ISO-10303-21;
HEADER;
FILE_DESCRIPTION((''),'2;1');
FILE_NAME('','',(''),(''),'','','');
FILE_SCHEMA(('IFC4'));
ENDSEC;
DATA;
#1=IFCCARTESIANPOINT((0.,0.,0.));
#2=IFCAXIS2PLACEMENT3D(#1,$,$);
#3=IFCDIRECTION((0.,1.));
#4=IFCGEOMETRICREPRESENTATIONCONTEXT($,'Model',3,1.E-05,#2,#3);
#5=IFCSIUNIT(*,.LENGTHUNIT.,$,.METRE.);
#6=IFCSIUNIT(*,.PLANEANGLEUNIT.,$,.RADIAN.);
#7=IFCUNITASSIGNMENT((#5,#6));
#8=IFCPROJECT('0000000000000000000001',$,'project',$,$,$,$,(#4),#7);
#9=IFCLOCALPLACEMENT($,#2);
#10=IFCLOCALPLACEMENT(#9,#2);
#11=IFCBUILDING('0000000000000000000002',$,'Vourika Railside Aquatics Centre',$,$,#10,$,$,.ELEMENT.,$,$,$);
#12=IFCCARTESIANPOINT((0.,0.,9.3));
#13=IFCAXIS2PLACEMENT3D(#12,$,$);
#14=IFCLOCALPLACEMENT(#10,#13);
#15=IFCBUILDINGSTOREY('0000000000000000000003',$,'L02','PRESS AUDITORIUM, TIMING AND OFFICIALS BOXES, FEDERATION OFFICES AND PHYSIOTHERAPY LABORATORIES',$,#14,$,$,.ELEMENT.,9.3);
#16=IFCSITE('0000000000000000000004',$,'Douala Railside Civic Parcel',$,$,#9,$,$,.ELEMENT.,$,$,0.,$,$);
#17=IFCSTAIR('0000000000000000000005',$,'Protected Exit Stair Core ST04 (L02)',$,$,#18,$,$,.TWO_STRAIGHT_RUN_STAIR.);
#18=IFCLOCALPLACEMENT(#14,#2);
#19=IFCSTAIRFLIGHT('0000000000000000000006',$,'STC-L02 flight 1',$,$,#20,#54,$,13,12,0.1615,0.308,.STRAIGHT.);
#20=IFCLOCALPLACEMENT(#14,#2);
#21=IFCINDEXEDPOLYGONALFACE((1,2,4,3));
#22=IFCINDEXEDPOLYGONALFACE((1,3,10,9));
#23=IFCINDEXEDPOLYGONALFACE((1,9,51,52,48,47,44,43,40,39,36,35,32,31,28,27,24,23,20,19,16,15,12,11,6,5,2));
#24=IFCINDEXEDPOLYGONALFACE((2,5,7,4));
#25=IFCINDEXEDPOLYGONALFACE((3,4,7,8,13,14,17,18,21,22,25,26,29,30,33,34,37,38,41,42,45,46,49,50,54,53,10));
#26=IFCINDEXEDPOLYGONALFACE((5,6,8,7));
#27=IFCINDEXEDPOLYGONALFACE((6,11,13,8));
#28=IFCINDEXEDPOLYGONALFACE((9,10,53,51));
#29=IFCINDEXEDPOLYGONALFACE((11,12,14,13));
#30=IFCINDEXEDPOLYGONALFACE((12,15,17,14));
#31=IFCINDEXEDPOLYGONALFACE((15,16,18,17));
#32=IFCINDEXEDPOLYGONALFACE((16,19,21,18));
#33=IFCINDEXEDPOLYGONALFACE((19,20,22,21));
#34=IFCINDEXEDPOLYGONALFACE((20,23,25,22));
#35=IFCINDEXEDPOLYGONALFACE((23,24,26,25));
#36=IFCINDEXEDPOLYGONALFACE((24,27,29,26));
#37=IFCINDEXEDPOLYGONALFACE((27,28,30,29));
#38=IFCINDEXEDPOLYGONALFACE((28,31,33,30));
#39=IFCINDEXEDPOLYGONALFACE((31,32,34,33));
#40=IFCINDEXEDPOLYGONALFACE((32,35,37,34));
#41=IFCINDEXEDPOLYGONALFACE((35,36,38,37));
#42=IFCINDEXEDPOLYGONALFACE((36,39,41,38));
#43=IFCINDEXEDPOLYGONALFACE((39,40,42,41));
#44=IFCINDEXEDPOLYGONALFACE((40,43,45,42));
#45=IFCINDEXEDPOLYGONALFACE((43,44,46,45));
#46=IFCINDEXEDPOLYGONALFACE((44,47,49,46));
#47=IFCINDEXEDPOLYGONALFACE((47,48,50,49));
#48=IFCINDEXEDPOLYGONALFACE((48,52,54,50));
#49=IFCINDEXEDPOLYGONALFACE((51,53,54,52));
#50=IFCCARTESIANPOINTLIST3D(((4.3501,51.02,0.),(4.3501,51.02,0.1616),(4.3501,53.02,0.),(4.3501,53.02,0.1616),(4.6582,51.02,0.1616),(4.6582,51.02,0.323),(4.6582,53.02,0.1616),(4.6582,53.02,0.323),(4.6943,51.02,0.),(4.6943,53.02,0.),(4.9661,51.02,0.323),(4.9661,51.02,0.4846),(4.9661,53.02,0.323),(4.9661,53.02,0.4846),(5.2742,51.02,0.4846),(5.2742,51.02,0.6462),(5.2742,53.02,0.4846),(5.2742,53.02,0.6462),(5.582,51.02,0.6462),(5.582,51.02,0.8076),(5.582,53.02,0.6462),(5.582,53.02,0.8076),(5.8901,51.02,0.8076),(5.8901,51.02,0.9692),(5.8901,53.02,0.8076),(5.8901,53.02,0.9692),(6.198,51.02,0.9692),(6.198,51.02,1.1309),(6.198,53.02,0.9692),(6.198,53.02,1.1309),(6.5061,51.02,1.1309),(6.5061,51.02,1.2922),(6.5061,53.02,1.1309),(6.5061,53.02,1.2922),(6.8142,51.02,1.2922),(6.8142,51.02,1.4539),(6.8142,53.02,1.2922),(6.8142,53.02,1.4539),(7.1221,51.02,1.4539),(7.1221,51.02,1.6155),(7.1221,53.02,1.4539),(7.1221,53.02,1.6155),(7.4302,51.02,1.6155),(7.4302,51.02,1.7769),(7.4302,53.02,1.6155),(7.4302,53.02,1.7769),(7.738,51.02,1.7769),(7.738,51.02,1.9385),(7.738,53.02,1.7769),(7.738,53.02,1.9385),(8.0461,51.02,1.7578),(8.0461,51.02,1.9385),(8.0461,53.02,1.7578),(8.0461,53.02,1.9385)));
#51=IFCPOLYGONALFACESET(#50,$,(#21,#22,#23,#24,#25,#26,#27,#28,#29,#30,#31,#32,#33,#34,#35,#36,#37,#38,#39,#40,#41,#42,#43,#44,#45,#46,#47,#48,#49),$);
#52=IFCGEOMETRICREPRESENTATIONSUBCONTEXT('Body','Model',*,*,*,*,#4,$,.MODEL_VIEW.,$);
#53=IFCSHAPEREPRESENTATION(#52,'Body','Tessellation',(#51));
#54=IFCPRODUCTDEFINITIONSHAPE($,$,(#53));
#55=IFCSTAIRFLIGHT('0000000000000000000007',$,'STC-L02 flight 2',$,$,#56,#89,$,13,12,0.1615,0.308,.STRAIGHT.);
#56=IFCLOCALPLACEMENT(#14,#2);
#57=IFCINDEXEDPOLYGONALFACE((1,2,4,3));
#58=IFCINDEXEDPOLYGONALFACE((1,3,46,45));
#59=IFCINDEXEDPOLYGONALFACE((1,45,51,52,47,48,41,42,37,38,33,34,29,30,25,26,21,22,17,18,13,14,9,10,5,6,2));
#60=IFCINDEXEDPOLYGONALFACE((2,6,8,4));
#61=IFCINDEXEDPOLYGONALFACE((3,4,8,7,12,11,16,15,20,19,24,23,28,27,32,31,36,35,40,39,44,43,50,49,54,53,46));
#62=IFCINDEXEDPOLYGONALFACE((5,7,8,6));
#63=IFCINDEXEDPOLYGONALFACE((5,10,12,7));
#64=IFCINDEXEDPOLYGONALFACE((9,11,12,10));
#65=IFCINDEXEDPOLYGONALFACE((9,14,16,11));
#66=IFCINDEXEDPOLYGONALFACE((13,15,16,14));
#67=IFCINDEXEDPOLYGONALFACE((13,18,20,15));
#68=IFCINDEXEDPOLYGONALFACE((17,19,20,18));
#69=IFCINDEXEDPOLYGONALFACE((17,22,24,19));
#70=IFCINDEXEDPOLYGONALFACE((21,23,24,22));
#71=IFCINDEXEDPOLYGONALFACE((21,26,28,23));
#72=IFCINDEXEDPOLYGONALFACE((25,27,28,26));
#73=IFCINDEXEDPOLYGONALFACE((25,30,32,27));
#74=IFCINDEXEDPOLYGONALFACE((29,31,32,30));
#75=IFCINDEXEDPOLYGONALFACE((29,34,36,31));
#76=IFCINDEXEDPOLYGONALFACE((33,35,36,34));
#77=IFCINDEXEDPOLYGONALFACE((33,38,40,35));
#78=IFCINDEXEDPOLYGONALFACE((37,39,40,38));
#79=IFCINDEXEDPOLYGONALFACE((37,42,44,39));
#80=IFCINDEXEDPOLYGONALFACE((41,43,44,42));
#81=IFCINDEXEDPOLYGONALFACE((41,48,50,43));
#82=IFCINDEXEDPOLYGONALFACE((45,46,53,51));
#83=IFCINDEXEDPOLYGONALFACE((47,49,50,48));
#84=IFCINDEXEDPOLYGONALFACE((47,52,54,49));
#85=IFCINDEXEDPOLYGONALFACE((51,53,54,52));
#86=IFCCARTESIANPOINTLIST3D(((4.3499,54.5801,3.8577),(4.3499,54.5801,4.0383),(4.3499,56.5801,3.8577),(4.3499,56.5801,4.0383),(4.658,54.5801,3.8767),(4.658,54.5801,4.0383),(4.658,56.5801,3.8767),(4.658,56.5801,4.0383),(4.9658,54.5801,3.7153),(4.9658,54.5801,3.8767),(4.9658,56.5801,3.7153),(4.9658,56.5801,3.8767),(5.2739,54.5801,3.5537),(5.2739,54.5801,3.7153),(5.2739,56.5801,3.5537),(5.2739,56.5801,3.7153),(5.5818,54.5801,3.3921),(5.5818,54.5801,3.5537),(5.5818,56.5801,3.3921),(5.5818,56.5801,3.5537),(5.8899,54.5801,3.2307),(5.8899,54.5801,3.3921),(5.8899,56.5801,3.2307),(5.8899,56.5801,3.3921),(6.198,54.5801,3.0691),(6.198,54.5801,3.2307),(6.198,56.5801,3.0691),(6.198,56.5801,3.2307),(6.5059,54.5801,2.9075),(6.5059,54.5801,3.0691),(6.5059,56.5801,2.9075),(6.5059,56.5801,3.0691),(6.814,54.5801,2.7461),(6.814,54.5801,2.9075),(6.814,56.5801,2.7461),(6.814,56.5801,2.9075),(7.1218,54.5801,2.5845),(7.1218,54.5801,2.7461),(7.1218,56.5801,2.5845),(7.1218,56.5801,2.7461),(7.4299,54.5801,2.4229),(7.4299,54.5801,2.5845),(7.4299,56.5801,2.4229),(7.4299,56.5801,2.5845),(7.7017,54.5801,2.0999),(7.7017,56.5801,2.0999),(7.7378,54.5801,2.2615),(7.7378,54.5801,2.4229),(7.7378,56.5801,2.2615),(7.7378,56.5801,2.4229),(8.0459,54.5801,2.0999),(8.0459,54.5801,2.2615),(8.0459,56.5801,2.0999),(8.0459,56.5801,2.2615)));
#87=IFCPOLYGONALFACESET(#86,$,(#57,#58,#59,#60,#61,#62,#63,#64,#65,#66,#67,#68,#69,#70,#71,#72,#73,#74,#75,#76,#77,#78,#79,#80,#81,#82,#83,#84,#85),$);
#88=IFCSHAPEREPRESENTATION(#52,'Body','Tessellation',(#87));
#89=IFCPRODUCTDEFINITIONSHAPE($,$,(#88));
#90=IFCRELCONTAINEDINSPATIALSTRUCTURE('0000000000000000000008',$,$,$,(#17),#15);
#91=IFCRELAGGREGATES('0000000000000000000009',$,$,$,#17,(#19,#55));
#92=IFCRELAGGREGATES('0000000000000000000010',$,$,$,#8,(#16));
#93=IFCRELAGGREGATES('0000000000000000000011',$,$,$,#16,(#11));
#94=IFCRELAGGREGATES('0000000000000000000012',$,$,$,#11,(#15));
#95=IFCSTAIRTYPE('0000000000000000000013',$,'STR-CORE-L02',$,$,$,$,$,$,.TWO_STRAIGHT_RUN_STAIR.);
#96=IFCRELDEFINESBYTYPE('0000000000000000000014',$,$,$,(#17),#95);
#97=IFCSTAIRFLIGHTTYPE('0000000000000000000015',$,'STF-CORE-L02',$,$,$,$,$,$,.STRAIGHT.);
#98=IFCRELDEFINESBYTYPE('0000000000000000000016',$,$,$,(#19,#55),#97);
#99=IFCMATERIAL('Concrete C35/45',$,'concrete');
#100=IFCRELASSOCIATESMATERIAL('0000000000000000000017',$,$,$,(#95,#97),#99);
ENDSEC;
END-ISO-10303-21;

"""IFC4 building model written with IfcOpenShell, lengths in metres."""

from ifc_helpers import new_model, si_unit, direction, frame, origin, place, context, subcontext, project, spatial, polyline, outline, extrude, material, type_object, element, aggregate, save


model = new_model("IFC4")

# Units and contexts
model_context = context("Model", 3, precision=1e-05, world=origin(), true_north=direction((0.0, 1.0)))
body_context = subcontext(model_context, "Body", "Model", "MODEL_VIEW")
ifc_project = project(units=[si_unit("LENGTHUNIT", "METRE"), si_unit("PLANEANGLEUNIT", "RADIAN")], contexts=[model_context])

# Site, building, storey
site_placement = place(None, origin())
site = spatial("IfcSite", under=ifc_project, at=site_placement, Name="Douala Railside Civic Parcel", CompositionType="ELEMENT", RefElevation=0.0)
building_placement = place(site_placement, origin())
building = spatial("IfcBuilding", under=site, at=building_placement, Name="Vourika Railside Aquatics Centre", CompositionType="ELEMENT")
storey_placement = place(building_placement, frame((0.0, 0.0, 9.3)))
storey = spatial("IfcBuildingStorey", under=building, at=storey_placement, Name="L02", Description="PRESS AUDITORIUM, TIMING AND OFFICIALS BOXES, FEDERATION OFFICES AND PHYSIOTHERAPY LABORATORIES", CompositionType="ELEMENT", Elevation=9.3)

# Shared definitions
ifc_material_1 = material(Name="Concrete C35/45", Category="concrete")

# Stair, stair flights
stair_type = type_object("IfcStairType", Name="STR-CORE-L02", PredefinedType="TWO_STRAIGHT_RUN_STAIR", material=ifc_material_1)
stair_placement = place(storey_placement, origin())
stair = element("IfcStair", 1, at=stair_placement, inside=storey, type_object=stair_type, Name="Protected Exit Stair Core ST04 (L02)", PredefinedType="TWO_STRAIGHT_RUN_STAIR")
stair_flight_type = type_object("IfcStairFlightType", Name="STF-CORE-L02", PredefinedType="STRAIGHT", material=ifc_material_1)
stair_flight_1_placement = place(storey_placement, frame((4.3501, 52.02, 0.0), z_axis=(0.0, 0.0, 1.0), x_axis=(1.0, 0.0, 0.0)))
stair_flight_1 = element("IfcStairFlight", 2, at=stair_flight_1_placement, type_object=stair_flight_type, Name="STC-L02 flight 1", NumberOfRisers=13, NumberOfTreads=12, PredefinedType="STRAIGHT", RiserHeight=0.1615, TreadLength=0.308, context=body_context, shape_type="SweptSolid", body=[
    extrude(outline(polyline([(0.0, 0.0), (0.0, 0.1616), (0.3081, 0.1616), (0.3081, 0.323), (0.616, 0.323), (0.616, 0.4846), (0.9241, 0.4846), (0.9241, 0.6462), (1.2319, 0.6462), (1.2319, 0.8076), (1.54, 0.8076), (1.54, 0.9692), (1.8479, 0.9692), (1.8479, 1.1309), (2.156, 1.1309), (2.156, 1.2922), (2.4641, 1.2922), (2.4641, 1.4539), (2.772, 1.4539), (2.772, 1.6155), (3.0801, 1.6155), (3.0801, 1.7769), (3.3879, 1.7769), (3.3879, 1.9385), (3.696, 1.9385), (3.696, 2.1001), (3.696, 1.7578), (0.3442, 0.0), (0.0, 0.0)])), frame((0.0, 1.0, 0.0), z_axis=(0.0, -1.0, 0.0), x_axis=(1.0, 0.0, 0.0)), (0.0, 0.0, 1.0), 2.0),
])
stair_flight_2_placement = place(storey_placement, frame((8.0459, 55.5801, 2.0999), z_axis=(0.0, 0.0, 1.0), x_axis=(-1.0, 0.0, 0.0)))
stair_flight_2 = element("IfcStairFlight", 3, at=stair_flight_2_placement, type_object=stair_flight_type, Name="STC-L02 flight 2", NumberOfRisers=13, NumberOfTreads=12, PredefinedType="STRAIGHT", RiserHeight=0.1615, TreadLength=0.308, context=body_context, shape_type="SweptSolid", body=[
    extrude(outline(polyline([(0.0, 0.0), (0.0, 0.1616), (0.3081, 0.1616), (0.3081, 0.323), (0.616, 0.323), (0.616, 0.4846), (0.9241, 0.4846), (0.9241, 0.6462), (1.2319, 0.6462), (1.2319, 0.8076), (1.54, 0.8076), (1.54, 0.9692), (1.8479, 0.9692), (1.8479, 1.1309), (2.156, 1.1309), (2.156, 1.2922), (2.4641, 1.2922), (2.4641, 1.4539), (2.772, 1.4539), (2.772, 1.6155), (3.0801, 1.6155), (3.0801, 1.7769), (3.3879, 1.7769), (3.3879, 1.9385), (3.696, 1.9385), (3.696, 2.1001), (3.696, 1.7578), (0.3442, 0.0), (0.0, 0.0)])), frame((0.0, 1.0, 0.0), z_axis=(0.0, -1.0, 0.0), x_axis=(1.0, 0.0, 0.0)), (0.0, 0.0, 1.0), 2.0),
])
aggregate(stair, [stair_flight_1, stair_flight_2])

save(model, "model.ifc")
